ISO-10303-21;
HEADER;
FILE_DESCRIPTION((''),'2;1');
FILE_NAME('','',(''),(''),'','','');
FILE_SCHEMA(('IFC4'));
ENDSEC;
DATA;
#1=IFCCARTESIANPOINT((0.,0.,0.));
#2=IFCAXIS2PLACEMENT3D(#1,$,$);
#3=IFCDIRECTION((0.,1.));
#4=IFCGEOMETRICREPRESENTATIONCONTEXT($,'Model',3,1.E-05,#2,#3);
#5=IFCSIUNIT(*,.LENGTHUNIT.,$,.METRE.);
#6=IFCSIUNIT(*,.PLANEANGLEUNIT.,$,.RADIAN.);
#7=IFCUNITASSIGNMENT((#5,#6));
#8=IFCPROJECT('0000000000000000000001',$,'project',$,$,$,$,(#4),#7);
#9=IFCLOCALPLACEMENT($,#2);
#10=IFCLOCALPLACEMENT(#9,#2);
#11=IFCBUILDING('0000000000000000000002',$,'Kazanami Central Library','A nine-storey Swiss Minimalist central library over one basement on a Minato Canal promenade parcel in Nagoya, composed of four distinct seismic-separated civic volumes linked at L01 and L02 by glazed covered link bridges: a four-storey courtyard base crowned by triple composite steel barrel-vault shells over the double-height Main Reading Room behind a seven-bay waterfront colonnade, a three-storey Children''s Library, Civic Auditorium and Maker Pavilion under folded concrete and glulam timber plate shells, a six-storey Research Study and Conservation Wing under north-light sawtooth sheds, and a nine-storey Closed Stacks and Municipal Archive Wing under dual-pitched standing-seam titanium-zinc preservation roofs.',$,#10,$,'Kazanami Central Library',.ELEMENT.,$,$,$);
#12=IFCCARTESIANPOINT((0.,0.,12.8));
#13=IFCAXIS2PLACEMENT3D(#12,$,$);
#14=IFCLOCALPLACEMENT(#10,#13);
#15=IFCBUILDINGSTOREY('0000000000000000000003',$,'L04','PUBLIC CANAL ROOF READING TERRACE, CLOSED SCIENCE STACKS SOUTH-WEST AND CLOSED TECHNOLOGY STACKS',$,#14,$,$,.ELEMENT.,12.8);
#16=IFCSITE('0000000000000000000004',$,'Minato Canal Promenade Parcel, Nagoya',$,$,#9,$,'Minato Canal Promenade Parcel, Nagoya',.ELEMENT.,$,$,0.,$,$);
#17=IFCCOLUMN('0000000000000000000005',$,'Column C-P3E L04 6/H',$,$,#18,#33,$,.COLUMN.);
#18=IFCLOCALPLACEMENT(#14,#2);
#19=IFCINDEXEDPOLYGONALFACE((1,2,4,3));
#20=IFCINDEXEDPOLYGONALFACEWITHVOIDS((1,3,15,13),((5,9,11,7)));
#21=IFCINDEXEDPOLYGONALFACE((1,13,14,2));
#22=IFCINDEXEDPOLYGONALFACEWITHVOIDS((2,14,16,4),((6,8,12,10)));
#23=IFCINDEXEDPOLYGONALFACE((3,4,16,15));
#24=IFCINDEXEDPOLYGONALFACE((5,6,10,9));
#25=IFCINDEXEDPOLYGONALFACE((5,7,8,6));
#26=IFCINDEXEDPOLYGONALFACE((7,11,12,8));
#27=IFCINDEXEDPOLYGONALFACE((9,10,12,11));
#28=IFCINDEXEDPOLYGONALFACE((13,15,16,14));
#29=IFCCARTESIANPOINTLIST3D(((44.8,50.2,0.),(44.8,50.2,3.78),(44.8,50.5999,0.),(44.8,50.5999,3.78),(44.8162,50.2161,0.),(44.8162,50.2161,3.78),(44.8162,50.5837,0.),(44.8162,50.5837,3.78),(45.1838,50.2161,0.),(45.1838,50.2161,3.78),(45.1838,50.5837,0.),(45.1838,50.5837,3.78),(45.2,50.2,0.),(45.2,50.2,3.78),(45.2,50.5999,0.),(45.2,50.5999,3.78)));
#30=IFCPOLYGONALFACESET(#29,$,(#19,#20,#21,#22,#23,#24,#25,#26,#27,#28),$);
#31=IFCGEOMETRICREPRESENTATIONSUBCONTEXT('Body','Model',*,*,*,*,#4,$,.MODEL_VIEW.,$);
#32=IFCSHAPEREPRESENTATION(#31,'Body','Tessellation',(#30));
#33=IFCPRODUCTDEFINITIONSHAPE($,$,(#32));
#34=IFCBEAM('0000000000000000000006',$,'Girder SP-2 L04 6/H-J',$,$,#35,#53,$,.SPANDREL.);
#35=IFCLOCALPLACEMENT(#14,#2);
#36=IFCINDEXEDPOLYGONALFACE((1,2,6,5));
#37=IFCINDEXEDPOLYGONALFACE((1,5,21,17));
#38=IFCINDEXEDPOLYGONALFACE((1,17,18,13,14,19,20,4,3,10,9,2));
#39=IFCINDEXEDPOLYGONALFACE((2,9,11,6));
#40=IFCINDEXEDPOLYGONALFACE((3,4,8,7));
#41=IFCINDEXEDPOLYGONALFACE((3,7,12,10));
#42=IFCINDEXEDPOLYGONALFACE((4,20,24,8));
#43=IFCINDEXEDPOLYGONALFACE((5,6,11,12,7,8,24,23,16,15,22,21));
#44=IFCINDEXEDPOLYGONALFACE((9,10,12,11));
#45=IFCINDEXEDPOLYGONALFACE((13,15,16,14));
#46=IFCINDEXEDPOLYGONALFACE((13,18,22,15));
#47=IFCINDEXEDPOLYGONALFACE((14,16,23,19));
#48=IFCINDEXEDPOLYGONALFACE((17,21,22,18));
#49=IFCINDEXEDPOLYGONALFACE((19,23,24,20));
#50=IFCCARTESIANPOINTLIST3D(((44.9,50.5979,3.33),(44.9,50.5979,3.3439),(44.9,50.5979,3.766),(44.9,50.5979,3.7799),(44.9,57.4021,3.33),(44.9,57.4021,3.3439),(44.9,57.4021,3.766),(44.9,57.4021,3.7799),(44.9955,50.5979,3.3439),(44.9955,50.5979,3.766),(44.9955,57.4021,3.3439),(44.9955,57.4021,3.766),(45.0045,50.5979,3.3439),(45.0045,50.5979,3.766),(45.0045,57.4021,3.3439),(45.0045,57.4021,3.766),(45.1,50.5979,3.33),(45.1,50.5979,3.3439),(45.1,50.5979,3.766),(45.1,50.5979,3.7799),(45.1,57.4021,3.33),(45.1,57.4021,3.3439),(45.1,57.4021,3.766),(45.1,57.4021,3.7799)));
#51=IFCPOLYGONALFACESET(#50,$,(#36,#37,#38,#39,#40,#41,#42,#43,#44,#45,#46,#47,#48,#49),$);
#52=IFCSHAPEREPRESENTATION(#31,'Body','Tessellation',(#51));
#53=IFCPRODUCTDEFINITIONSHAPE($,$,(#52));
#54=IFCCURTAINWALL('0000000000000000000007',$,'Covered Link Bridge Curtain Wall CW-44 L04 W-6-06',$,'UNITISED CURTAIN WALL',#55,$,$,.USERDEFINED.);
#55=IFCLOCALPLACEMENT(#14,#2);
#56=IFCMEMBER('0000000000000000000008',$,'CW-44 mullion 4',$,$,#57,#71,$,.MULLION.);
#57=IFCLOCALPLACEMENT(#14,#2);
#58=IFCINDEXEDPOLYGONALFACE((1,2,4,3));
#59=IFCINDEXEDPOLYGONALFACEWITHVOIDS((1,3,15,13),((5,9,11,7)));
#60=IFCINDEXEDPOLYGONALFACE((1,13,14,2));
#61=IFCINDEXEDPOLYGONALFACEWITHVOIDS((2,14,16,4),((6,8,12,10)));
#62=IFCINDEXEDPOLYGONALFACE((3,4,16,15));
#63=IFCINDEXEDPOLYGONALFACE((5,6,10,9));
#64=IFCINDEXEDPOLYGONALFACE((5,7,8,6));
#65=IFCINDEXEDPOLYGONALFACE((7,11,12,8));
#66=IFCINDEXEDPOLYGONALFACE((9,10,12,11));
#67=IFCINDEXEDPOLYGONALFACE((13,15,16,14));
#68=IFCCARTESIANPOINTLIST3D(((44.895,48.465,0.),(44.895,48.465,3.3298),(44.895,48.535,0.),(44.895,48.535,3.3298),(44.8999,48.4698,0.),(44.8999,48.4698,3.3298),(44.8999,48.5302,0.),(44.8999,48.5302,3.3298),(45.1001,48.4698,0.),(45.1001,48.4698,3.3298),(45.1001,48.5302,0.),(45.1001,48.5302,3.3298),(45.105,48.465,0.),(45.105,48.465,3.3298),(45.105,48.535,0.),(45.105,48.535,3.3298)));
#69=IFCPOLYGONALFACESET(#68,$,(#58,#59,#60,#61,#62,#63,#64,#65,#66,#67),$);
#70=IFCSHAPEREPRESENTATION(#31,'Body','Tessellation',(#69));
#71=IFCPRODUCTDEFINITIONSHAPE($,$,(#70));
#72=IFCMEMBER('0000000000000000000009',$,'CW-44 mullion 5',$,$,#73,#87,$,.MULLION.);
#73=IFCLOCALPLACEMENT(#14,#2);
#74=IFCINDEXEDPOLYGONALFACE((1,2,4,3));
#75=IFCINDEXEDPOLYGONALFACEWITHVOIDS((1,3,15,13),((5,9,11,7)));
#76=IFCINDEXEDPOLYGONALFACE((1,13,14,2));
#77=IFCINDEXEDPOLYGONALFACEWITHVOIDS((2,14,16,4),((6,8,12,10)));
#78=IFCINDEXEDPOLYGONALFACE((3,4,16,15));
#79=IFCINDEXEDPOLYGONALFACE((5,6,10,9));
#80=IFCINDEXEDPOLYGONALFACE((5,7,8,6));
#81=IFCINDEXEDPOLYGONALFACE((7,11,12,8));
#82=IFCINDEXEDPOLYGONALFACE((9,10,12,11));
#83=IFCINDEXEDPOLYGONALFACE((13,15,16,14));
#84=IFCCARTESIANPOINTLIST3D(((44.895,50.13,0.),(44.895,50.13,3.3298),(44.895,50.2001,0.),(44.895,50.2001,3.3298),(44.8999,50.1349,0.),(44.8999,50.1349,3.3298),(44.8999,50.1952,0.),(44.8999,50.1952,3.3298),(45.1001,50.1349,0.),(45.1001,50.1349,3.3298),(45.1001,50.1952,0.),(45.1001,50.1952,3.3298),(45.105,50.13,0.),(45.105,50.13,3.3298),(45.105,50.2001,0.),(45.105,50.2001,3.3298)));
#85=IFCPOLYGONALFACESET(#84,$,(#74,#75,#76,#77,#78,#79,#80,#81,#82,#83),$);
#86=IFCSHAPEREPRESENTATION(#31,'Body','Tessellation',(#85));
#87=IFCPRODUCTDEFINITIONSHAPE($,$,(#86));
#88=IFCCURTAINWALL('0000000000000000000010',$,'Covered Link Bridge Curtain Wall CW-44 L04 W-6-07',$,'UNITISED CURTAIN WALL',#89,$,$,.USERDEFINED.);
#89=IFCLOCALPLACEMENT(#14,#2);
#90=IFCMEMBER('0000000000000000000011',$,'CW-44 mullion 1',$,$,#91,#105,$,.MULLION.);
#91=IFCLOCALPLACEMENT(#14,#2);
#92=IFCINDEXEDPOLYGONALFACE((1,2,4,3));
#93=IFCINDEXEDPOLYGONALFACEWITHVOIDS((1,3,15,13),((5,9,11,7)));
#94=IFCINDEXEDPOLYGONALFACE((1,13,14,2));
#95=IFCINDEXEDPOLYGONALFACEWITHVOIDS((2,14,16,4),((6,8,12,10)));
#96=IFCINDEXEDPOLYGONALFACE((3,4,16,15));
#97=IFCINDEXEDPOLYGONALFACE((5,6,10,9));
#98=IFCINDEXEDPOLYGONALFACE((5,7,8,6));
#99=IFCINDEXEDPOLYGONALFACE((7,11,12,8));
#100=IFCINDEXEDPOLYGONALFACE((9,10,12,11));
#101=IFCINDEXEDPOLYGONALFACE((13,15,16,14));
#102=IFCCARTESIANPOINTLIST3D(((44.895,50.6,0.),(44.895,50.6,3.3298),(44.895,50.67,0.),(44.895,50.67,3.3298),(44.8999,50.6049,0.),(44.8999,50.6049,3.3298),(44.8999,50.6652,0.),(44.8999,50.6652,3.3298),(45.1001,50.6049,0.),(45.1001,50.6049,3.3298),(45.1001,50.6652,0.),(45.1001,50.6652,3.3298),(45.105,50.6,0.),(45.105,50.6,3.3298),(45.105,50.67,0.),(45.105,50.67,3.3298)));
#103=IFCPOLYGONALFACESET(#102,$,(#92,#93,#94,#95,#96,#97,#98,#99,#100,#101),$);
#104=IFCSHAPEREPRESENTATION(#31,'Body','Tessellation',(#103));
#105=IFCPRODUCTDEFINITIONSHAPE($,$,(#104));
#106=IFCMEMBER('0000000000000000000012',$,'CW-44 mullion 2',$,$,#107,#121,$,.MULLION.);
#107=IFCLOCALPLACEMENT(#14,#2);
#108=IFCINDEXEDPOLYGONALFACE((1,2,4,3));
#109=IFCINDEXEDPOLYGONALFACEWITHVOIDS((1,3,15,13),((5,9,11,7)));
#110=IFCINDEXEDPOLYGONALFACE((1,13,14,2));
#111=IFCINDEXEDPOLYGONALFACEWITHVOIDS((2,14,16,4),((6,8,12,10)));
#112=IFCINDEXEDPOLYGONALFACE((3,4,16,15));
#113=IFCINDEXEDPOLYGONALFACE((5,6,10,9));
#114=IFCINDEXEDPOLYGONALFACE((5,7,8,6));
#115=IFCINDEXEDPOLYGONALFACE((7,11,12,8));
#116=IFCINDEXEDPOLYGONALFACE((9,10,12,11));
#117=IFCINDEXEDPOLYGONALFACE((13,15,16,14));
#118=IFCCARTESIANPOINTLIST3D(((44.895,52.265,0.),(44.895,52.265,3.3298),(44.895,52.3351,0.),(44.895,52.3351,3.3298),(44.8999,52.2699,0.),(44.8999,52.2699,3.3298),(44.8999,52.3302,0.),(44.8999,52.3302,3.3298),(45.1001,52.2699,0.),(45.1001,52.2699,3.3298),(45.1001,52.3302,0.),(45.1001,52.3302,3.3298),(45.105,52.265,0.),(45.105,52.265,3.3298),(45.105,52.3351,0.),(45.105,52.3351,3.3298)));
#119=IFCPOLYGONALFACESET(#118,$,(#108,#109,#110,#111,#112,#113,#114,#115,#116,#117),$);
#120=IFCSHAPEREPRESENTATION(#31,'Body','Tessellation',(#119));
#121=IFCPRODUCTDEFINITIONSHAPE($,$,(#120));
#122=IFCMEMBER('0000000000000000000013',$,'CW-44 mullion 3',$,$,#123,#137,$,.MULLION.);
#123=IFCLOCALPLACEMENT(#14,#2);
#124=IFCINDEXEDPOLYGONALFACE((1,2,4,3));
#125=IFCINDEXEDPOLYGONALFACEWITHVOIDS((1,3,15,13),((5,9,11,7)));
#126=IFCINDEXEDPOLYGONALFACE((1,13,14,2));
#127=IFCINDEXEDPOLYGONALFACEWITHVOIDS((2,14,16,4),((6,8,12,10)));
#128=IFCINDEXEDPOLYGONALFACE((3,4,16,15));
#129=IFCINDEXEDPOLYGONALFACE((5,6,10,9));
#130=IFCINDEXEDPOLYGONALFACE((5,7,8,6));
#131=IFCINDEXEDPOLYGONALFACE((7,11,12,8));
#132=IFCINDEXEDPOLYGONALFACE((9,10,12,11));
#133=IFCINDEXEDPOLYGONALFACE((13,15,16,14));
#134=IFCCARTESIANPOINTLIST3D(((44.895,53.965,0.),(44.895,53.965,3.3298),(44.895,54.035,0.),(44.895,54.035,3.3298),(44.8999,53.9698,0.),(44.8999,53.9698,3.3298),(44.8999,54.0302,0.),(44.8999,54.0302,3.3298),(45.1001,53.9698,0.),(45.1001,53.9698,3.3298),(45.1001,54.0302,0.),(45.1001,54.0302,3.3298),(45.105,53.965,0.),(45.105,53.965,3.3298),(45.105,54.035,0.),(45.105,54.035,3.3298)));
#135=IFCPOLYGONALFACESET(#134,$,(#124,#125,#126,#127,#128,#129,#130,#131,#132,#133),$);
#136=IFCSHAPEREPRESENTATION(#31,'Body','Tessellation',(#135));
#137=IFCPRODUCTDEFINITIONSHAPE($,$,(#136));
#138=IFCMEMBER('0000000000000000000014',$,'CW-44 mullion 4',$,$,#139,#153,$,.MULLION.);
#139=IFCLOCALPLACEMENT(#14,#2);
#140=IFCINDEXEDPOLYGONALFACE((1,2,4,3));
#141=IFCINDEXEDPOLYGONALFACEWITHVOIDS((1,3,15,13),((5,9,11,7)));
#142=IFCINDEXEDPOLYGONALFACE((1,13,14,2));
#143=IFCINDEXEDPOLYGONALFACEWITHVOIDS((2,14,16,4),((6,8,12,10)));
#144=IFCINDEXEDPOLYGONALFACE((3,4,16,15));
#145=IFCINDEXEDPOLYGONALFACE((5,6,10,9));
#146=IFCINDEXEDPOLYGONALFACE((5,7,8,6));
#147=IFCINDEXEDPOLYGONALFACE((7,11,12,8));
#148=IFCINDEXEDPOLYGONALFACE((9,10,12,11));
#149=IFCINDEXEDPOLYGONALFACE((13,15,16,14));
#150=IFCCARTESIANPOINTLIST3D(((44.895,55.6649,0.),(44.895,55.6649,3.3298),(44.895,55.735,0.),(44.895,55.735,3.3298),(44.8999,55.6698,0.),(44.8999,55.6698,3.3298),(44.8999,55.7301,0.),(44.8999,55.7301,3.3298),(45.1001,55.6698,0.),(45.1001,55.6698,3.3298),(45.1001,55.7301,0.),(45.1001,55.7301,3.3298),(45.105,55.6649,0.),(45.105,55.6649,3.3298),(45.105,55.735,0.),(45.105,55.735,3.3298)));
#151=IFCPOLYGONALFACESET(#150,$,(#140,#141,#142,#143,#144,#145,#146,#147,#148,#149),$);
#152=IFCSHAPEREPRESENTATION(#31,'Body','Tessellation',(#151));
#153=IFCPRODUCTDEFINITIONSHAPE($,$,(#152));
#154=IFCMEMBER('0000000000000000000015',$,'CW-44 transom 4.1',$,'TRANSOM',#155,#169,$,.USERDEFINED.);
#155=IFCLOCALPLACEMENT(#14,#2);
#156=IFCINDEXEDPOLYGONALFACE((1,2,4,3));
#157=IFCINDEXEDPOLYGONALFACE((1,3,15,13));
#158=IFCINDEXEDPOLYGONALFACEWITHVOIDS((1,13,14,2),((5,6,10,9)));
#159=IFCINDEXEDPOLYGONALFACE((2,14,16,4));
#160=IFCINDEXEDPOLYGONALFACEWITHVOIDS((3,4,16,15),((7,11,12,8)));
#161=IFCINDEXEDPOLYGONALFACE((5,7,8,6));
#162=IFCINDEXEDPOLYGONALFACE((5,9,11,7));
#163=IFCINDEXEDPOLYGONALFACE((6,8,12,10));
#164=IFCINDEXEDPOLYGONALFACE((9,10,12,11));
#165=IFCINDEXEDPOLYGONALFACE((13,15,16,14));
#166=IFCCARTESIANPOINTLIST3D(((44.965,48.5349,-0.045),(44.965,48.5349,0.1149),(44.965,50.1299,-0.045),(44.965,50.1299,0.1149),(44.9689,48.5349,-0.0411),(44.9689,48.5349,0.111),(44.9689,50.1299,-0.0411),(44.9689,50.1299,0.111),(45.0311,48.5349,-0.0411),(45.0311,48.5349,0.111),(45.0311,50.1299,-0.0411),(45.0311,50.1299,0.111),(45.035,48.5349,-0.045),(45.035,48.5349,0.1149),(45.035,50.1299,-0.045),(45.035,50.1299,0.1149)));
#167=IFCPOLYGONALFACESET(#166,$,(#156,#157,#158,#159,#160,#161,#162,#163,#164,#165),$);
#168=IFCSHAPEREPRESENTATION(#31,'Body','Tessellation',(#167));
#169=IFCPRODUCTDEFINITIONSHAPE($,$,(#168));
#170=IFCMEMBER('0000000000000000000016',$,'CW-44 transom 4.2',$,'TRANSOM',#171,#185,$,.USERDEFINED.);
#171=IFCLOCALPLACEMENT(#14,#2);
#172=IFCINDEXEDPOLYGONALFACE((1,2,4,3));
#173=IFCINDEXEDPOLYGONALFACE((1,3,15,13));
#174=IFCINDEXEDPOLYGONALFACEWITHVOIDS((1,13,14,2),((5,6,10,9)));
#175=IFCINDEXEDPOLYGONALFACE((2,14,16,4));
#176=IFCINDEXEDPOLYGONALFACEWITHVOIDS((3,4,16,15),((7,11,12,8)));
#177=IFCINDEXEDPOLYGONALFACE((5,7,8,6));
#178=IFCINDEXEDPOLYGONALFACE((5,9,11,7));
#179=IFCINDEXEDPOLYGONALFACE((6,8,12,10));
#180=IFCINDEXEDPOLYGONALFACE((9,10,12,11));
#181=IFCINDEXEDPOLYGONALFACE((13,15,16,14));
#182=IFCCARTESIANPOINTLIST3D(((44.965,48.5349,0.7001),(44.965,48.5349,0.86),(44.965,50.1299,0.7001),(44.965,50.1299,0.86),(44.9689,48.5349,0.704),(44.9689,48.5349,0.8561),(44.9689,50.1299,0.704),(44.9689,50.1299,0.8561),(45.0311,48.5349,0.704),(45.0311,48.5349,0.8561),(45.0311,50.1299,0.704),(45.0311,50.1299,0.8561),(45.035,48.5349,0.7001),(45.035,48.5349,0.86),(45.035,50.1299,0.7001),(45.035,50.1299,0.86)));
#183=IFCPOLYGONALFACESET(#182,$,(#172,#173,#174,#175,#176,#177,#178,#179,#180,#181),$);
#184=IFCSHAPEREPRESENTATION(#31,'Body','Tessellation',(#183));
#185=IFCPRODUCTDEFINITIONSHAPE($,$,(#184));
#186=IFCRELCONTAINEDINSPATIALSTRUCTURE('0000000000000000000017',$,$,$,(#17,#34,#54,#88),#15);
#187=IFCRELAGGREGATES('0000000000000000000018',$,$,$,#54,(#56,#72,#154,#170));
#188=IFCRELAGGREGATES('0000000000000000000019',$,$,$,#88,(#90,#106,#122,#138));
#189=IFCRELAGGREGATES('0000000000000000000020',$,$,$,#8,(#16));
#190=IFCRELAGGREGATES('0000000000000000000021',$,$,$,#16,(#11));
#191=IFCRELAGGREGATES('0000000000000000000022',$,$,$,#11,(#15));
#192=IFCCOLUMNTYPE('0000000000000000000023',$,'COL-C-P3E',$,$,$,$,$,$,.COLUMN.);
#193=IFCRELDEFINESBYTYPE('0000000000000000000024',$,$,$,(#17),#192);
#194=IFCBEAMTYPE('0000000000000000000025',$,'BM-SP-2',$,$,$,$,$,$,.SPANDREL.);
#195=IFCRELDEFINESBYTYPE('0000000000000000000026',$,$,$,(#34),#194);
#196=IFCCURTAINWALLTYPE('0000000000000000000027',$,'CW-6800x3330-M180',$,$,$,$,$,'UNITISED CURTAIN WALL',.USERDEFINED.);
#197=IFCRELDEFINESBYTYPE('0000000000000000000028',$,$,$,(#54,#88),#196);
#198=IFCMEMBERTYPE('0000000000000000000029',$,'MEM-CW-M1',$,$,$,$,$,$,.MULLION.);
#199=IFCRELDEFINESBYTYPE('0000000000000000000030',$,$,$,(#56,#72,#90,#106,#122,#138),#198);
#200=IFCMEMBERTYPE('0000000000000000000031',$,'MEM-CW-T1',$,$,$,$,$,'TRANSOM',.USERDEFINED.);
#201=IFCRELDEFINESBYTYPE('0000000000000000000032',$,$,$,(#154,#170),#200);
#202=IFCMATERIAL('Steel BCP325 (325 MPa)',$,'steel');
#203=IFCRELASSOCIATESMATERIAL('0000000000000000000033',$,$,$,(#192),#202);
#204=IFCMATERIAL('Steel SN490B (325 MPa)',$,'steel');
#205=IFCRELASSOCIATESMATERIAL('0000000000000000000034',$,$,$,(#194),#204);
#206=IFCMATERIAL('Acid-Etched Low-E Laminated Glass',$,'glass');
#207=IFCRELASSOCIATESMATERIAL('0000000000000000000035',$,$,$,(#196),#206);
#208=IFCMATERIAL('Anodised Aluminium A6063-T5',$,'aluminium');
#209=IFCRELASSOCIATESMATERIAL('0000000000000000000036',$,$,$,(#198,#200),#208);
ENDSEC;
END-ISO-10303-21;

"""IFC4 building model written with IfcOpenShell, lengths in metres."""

from ifc_helpers import new_model, si_unit, direction, frame, origin, origin_2d, place, context, subcontext, project, spatial, hollow_rectangle, i_section, extrude, material, material_profile, profile_set, type_object, element, aggregate, save


model = new_model("IFC4")

# Units and contexts
model_context = context("Model", 3, precision=1e-05, world=origin(), true_north=direction((0.0, 1.0)))
body_context = subcontext(model_context, "Body", "Model", "MODEL_VIEW")
ifc_project = project(units=[si_unit("LENGTHUNIT", "METRE"), si_unit("PLANEANGLEUNIT", "RADIAN")], contexts=[model_context])

# Site, building, storey
site_placement = place(None, origin())
site = spatial("IfcSite", under=ifc_project, at=site_placement, Name="Minato Canal Promenade Parcel, Nagoya", LongName="Minato Canal Promenade Parcel, Nagoya", CompositionType="ELEMENT", RefElevation=0.0)
building_placement = place(site_placement, origin())
building = spatial("IfcBuilding", under=site, at=building_placement, Name="Kazanami Central Library", Description="A nine-storey Swiss Minimalist central library over one basement on a Minato Canal promenade parcel in Nagoya, composed of four distinct seismic-separated civic volumes linked at L01 and L02 by glazed covered link bridges: a four-storey courtyard base crowned by triple composite steel barrel-vault shells over the double-height Main Reading Room behind a seven-bay waterfront colonnade, a three-storey Children's Library, Civic Auditorium and Maker Pavilion under folded concrete and glulam timber plate shells, a six-storey Research Study and Conservation Wing under north-light sawtooth sheds, and a nine-storey Closed Stacks and Municipal Archive Wing under dual-pitched standing-seam titanium-zinc preservation roofs.", LongName="Kazanami Central Library", CompositionType="ELEMENT")
storey_placement = place(building_placement, frame((0.0, 0.0, 12.8)))
storey = spatial("IfcBuildingStorey", under=building, at=storey_placement, Name="L04", Description="PUBLIC CANAL ROOF READING TERRACE, CLOSED SCIENCE STACKS SOUTH-WEST AND CLOSED TECHNOLOGY STACKS", CompositionType="ELEMENT", Elevation=12.8)

# Column
ifc_material_1 = material(Name="Steel BCP325 (325 MPa)", Category="steel")
ifc_material_profile_1 = material_profile(ifc_material_1, hollow_rectangle(XDim=0.3999, YDim=0.3999, WallThickness=0.0161, at=origin_2d()), Name="BCP-400x400x16")
ifc_profile_set_1 = profile_set([ifc_material_profile_1], Name="Steel BCP325 (325 MPa)")
column_type = type_object("IfcColumnType", Name="COL-C-P3E", PredefinedType="COLUMN", material=ifc_profile_set_1)
column_placement = place(storey_placement, frame((45.0, 50.3999, 0.0), z_axis=(0.0, 0.0, 1.0), x_axis=(1.0, 0.0, 0.0)))
element("IfcColumn", 1, at=column_placement, inside=storey, type_object=column_type, Name="Column C-P3E L04 6/H", PredefinedType="COLUMN", context=body_context, shape_type="SweptSolid", body=[
    extrude(hollow_rectangle(XDim=0.3999, YDim=0.3999, WallThickness=0.0161, at=origin_2d()), origin(), (0.0, 0.0, 1.0), 3.78),
])

# Beam
ifc_material_2 = material(Name="Steel SN490B (325 MPa)", Category="steel")
ifc_material_profile_2 = material_profile(ifc_material_2, i_section(OverallWidth=0.2, OverallDepth=0.45, WebThickness=0.009, FlangeThickness=0.0139, at=origin_2d()), Name="H-450x200x9x14")
ifc_profile_set_2 = profile_set([ifc_material_profile_2], Name="Steel SN490B (325 MPa)")
beam_type = type_object("IfcBeamType", Name="BM-SP-2", PredefinedType="SPANDREL", material=ifc_profile_set_2)
beam_placement = place(storey_placement, frame((45.0, 50.5979, 3.5549), z_axis=(0.0, 1.0, 0.0), x_axis=(-1.0, 0.0, 0.0)))
element("IfcBeam", 2, at=beam_placement, inside=storey, type_object=beam_type, Name="Girder SP-2 L04 6/H-J", PredefinedType="SPANDREL", context=body_context, shape_type="SweptSolid", body=[
    extrude(i_section(OverallWidth=0.2, OverallDepth=0.45, WebThickness=0.009, FlangeThickness=0.0139, at=origin_2d()), origin(), (0.0, 0.0, 1.0), 6.8042),
])

# Curtain walls, members
ifc_material_3 = material(Name="Acid-Etched Low-E Laminated Glass", Category="glass")
curtain_wall_type = type_object("IfcCurtainWallType", Name="CW-6800x3330-M180", ElementType="UNITISED CURTAIN WALL", PredefinedType="USERDEFINED", material=ifc_material_3)
curtain_wall_1_placement = place(storey_placement, origin())
curtain_wall_1 = element("IfcCurtainWall", 3, at=curtain_wall_1_placement, inside=storey, type_object=curtain_wall_type, Name="Covered Link Bridge Curtain Wall CW-44 L04 W-6-06", ObjectType="UNITISED CURTAIN WALL", PredefinedType="USERDEFINED")
ifc_material_4 = material(Name="Anodised Aluminium A6063-T5", Category="aluminium")
ifc_material_profile_3 = material_profile(ifc_material_4, hollow_rectangle(XDim=0.0701, YDim=0.21, WallThickness=0.0049, at=origin_2d()), Name="ALU-MULL-70x210x5")
ifc_profile_set_3 = profile_set([ifc_material_profile_3], Name="Anodised Aluminium A6063-T5")
member_type_1 = type_object("IfcMemberType", Name="MEM-CW-M1", PredefinedType="MULLION", material=ifc_profile_set_3)
member_1_placement = place(storey_placement, frame((45.0, 48.5, 0.0), z_axis=(0.0, 0.0, 1.0), x_axis=(0.0, 1.0, 0.0)))
member_1 = element("IfcMember", 4, at=member_1_placement, type_object=member_type_1, Name="CW-44 mullion 4", PredefinedType="MULLION", context=body_context, shape_type="SweptSolid", body=[
    extrude(hollow_rectangle(XDim=0.0701, YDim=0.21, WallThickness=0.0049, at=origin_2d()), origin(), (0.0, 0.0, 1.0), 3.3298),
])
member_2_placement = place(storey_placement, frame((45.0, 50.165, 0.0), z_axis=(0.0, 0.0, 1.0), x_axis=(0.0, 1.0, 0.0)))
member_2 = element("IfcMember", 5, at=member_2_placement, type_object=member_type_1, Name="CW-44 mullion 5", PredefinedType="MULLION", context=body_context, shape_type="SweptSolid", body=[
    extrude(hollow_rectangle(XDim=0.0701, YDim=0.21, WallThickness=0.0049, at=origin_2d()), origin(), (0.0, 0.0, 1.0), 3.3298),
])
curtain_wall_2_placement = place(storey_placement, origin())
curtain_wall_2 = element("IfcCurtainWall", 6, at=curtain_wall_2_placement, inside=storey, type_object=curtain_wall_type, Name="Covered Link Bridge Curtain Wall CW-44 L04 W-6-07", ObjectType="UNITISED CURTAIN WALL", PredefinedType="USERDEFINED")
member_3_placement = place(storey_placement, frame((45.0, 50.635, 0.0), z_axis=(0.0, 0.0, 1.0), x_axis=(0.0, 1.0, 0.0)))
member_3 = element("IfcMember", 7, at=member_3_placement, type_object=member_type_1, Name="CW-44 mullion 1", PredefinedType="MULLION", context=body_context, shape_type="SweptSolid", body=[
    extrude(hollow_rectangle(XDim=0.0701, YDim=0.21, WallThickness=0.0049, at=origin_2d()), origin(), (0.0, 0.0, 1.0), 3.3298),
])
member_4_placement = place(storey_placement, frame((45.0, 52.3, 0.0), z_axis=(0.0, 0.0, 1.0), x_axis=(0.0, 1.0, 0.0)))
member_4 = element("IfcMember", 8, at=member_4_placement, type_object=member_type_1, Name="CW-44 mullion 2", PredefinedType="MULLION", context=body_context, shape_type="SweptSolid", body=[
    extrude(hollow_rectangle(XDim=0.0701, YDim=0.21, WallThickness=0.0049, at=origin_2d()), origin(), (0.0, 0.0, 1.0), 3.3298),
])
member_5_placement = place(storey_placement, frame((45.0, 54.0, 0.0), z_axis=(0.0, 0.0, 1.0), x_axis=(0.0, 1.0, 0.0)))
member_5 = element("IfcMember", 9, at=member_5_placement, type_object=member_type_1, Name="CW-44 mullion 3", PredefinedType="MULLION", context=body_context, shape_type="SweptSolid", body=[
    extrude(hollow_rectangle(XDim=0.0701, YDim=0.21, WallThickness=0.0049, at=origin_2d()), origin(), (0.0, 0.0, 1.0), 3.3298),
])
member_6_placement = place(storey_placement, frame((45.0, 55.7, 0.0), z_axis=(0.0, 0.0, 1.0), x_axis=(0.0, 1.0, 0.0)))
member_6 = element("IfcMember", 10, at=member_6_placement, type_object=member_type_1, Name="CW-44 mullion 4", PredefinedType="MULLION", context=body_context, shape_type="SweptSolid", body=[
    extrude(hollow_rectangle(XDim=0.0701, YDim=0.21, WallThickness=0.0049, at=origin_2d()), origin(), (0.0, 0.0, 1.0), 3.3298),
])

# Members
ifc_material_profile_4 = material_profile(ifc_material_4, hollow_rectangle(XDim=0.0701, YDim=0.1599, WallThickness=0.0039, at=origin_2d()), Name="ALU-TRAN-70x160x4")
ifc_profile_set_4 = profile_set([ifc_material_profile_4], Name="Anodised Aluminium A6063-T5")
member_type_2 = type_object("IfcMemberType", Name="MEM-CW-T1", ElementType="TRANSOM", PredefinedType="USERDEFINED", material=ifc_profile_set_4)
member_7_placement = place(storey_placement, frame((45.0, 48.5349, 0.0349), z_axis=(0.0, 1.0, 0.0), x_axis=(-1.0, 0.0, 0.0)))
member_7 = element("IfcMember", 11, at=member_7_placement, type_object=member_type_2, Name="CW-44 transom 4.1", ObjectType="TRANSOM", PredefinedType="USERDEFINED", context=body_context, shape_type="SweptSolid", body=[
    extrude(hollow_rectangle(XDim=0.0701, YDim=0.1599, WallThickness=0.0039, at=origin_2d()), origin(), (0.0, 0.0, 1.0), 1.595),
])
member_8_placement = place(storey_placement, frame((45.0, 48.5349, 0.78), z_axis=(0.0, 1.0, 0.0), x_axis=(-1.0, 0.0, 0.0)))
member_8 = element("IfcMember", 12, at=member_8_placement, type_object=member_type_2, Name="CW-44 transom 4.2", ObjectType="TRANSOM", PredefinedType="USERDEFINED", context=body_context, shape_type="SweptSolid", body=[
    extrude(hollow_rectangle(XDim=0.0701, YDim=0.1599, WallThickness=0.0039, at=origin_2d()), origin(), (0.0, 0.0, 1.0), 1.595),
])

aggregate(curtain_wall_1, [member_1, member_2, member_7, member_8])
aggregate(curtain_wall_2, [member_3, member_4, member_5, member_6])

save(model, "model.ifc")
